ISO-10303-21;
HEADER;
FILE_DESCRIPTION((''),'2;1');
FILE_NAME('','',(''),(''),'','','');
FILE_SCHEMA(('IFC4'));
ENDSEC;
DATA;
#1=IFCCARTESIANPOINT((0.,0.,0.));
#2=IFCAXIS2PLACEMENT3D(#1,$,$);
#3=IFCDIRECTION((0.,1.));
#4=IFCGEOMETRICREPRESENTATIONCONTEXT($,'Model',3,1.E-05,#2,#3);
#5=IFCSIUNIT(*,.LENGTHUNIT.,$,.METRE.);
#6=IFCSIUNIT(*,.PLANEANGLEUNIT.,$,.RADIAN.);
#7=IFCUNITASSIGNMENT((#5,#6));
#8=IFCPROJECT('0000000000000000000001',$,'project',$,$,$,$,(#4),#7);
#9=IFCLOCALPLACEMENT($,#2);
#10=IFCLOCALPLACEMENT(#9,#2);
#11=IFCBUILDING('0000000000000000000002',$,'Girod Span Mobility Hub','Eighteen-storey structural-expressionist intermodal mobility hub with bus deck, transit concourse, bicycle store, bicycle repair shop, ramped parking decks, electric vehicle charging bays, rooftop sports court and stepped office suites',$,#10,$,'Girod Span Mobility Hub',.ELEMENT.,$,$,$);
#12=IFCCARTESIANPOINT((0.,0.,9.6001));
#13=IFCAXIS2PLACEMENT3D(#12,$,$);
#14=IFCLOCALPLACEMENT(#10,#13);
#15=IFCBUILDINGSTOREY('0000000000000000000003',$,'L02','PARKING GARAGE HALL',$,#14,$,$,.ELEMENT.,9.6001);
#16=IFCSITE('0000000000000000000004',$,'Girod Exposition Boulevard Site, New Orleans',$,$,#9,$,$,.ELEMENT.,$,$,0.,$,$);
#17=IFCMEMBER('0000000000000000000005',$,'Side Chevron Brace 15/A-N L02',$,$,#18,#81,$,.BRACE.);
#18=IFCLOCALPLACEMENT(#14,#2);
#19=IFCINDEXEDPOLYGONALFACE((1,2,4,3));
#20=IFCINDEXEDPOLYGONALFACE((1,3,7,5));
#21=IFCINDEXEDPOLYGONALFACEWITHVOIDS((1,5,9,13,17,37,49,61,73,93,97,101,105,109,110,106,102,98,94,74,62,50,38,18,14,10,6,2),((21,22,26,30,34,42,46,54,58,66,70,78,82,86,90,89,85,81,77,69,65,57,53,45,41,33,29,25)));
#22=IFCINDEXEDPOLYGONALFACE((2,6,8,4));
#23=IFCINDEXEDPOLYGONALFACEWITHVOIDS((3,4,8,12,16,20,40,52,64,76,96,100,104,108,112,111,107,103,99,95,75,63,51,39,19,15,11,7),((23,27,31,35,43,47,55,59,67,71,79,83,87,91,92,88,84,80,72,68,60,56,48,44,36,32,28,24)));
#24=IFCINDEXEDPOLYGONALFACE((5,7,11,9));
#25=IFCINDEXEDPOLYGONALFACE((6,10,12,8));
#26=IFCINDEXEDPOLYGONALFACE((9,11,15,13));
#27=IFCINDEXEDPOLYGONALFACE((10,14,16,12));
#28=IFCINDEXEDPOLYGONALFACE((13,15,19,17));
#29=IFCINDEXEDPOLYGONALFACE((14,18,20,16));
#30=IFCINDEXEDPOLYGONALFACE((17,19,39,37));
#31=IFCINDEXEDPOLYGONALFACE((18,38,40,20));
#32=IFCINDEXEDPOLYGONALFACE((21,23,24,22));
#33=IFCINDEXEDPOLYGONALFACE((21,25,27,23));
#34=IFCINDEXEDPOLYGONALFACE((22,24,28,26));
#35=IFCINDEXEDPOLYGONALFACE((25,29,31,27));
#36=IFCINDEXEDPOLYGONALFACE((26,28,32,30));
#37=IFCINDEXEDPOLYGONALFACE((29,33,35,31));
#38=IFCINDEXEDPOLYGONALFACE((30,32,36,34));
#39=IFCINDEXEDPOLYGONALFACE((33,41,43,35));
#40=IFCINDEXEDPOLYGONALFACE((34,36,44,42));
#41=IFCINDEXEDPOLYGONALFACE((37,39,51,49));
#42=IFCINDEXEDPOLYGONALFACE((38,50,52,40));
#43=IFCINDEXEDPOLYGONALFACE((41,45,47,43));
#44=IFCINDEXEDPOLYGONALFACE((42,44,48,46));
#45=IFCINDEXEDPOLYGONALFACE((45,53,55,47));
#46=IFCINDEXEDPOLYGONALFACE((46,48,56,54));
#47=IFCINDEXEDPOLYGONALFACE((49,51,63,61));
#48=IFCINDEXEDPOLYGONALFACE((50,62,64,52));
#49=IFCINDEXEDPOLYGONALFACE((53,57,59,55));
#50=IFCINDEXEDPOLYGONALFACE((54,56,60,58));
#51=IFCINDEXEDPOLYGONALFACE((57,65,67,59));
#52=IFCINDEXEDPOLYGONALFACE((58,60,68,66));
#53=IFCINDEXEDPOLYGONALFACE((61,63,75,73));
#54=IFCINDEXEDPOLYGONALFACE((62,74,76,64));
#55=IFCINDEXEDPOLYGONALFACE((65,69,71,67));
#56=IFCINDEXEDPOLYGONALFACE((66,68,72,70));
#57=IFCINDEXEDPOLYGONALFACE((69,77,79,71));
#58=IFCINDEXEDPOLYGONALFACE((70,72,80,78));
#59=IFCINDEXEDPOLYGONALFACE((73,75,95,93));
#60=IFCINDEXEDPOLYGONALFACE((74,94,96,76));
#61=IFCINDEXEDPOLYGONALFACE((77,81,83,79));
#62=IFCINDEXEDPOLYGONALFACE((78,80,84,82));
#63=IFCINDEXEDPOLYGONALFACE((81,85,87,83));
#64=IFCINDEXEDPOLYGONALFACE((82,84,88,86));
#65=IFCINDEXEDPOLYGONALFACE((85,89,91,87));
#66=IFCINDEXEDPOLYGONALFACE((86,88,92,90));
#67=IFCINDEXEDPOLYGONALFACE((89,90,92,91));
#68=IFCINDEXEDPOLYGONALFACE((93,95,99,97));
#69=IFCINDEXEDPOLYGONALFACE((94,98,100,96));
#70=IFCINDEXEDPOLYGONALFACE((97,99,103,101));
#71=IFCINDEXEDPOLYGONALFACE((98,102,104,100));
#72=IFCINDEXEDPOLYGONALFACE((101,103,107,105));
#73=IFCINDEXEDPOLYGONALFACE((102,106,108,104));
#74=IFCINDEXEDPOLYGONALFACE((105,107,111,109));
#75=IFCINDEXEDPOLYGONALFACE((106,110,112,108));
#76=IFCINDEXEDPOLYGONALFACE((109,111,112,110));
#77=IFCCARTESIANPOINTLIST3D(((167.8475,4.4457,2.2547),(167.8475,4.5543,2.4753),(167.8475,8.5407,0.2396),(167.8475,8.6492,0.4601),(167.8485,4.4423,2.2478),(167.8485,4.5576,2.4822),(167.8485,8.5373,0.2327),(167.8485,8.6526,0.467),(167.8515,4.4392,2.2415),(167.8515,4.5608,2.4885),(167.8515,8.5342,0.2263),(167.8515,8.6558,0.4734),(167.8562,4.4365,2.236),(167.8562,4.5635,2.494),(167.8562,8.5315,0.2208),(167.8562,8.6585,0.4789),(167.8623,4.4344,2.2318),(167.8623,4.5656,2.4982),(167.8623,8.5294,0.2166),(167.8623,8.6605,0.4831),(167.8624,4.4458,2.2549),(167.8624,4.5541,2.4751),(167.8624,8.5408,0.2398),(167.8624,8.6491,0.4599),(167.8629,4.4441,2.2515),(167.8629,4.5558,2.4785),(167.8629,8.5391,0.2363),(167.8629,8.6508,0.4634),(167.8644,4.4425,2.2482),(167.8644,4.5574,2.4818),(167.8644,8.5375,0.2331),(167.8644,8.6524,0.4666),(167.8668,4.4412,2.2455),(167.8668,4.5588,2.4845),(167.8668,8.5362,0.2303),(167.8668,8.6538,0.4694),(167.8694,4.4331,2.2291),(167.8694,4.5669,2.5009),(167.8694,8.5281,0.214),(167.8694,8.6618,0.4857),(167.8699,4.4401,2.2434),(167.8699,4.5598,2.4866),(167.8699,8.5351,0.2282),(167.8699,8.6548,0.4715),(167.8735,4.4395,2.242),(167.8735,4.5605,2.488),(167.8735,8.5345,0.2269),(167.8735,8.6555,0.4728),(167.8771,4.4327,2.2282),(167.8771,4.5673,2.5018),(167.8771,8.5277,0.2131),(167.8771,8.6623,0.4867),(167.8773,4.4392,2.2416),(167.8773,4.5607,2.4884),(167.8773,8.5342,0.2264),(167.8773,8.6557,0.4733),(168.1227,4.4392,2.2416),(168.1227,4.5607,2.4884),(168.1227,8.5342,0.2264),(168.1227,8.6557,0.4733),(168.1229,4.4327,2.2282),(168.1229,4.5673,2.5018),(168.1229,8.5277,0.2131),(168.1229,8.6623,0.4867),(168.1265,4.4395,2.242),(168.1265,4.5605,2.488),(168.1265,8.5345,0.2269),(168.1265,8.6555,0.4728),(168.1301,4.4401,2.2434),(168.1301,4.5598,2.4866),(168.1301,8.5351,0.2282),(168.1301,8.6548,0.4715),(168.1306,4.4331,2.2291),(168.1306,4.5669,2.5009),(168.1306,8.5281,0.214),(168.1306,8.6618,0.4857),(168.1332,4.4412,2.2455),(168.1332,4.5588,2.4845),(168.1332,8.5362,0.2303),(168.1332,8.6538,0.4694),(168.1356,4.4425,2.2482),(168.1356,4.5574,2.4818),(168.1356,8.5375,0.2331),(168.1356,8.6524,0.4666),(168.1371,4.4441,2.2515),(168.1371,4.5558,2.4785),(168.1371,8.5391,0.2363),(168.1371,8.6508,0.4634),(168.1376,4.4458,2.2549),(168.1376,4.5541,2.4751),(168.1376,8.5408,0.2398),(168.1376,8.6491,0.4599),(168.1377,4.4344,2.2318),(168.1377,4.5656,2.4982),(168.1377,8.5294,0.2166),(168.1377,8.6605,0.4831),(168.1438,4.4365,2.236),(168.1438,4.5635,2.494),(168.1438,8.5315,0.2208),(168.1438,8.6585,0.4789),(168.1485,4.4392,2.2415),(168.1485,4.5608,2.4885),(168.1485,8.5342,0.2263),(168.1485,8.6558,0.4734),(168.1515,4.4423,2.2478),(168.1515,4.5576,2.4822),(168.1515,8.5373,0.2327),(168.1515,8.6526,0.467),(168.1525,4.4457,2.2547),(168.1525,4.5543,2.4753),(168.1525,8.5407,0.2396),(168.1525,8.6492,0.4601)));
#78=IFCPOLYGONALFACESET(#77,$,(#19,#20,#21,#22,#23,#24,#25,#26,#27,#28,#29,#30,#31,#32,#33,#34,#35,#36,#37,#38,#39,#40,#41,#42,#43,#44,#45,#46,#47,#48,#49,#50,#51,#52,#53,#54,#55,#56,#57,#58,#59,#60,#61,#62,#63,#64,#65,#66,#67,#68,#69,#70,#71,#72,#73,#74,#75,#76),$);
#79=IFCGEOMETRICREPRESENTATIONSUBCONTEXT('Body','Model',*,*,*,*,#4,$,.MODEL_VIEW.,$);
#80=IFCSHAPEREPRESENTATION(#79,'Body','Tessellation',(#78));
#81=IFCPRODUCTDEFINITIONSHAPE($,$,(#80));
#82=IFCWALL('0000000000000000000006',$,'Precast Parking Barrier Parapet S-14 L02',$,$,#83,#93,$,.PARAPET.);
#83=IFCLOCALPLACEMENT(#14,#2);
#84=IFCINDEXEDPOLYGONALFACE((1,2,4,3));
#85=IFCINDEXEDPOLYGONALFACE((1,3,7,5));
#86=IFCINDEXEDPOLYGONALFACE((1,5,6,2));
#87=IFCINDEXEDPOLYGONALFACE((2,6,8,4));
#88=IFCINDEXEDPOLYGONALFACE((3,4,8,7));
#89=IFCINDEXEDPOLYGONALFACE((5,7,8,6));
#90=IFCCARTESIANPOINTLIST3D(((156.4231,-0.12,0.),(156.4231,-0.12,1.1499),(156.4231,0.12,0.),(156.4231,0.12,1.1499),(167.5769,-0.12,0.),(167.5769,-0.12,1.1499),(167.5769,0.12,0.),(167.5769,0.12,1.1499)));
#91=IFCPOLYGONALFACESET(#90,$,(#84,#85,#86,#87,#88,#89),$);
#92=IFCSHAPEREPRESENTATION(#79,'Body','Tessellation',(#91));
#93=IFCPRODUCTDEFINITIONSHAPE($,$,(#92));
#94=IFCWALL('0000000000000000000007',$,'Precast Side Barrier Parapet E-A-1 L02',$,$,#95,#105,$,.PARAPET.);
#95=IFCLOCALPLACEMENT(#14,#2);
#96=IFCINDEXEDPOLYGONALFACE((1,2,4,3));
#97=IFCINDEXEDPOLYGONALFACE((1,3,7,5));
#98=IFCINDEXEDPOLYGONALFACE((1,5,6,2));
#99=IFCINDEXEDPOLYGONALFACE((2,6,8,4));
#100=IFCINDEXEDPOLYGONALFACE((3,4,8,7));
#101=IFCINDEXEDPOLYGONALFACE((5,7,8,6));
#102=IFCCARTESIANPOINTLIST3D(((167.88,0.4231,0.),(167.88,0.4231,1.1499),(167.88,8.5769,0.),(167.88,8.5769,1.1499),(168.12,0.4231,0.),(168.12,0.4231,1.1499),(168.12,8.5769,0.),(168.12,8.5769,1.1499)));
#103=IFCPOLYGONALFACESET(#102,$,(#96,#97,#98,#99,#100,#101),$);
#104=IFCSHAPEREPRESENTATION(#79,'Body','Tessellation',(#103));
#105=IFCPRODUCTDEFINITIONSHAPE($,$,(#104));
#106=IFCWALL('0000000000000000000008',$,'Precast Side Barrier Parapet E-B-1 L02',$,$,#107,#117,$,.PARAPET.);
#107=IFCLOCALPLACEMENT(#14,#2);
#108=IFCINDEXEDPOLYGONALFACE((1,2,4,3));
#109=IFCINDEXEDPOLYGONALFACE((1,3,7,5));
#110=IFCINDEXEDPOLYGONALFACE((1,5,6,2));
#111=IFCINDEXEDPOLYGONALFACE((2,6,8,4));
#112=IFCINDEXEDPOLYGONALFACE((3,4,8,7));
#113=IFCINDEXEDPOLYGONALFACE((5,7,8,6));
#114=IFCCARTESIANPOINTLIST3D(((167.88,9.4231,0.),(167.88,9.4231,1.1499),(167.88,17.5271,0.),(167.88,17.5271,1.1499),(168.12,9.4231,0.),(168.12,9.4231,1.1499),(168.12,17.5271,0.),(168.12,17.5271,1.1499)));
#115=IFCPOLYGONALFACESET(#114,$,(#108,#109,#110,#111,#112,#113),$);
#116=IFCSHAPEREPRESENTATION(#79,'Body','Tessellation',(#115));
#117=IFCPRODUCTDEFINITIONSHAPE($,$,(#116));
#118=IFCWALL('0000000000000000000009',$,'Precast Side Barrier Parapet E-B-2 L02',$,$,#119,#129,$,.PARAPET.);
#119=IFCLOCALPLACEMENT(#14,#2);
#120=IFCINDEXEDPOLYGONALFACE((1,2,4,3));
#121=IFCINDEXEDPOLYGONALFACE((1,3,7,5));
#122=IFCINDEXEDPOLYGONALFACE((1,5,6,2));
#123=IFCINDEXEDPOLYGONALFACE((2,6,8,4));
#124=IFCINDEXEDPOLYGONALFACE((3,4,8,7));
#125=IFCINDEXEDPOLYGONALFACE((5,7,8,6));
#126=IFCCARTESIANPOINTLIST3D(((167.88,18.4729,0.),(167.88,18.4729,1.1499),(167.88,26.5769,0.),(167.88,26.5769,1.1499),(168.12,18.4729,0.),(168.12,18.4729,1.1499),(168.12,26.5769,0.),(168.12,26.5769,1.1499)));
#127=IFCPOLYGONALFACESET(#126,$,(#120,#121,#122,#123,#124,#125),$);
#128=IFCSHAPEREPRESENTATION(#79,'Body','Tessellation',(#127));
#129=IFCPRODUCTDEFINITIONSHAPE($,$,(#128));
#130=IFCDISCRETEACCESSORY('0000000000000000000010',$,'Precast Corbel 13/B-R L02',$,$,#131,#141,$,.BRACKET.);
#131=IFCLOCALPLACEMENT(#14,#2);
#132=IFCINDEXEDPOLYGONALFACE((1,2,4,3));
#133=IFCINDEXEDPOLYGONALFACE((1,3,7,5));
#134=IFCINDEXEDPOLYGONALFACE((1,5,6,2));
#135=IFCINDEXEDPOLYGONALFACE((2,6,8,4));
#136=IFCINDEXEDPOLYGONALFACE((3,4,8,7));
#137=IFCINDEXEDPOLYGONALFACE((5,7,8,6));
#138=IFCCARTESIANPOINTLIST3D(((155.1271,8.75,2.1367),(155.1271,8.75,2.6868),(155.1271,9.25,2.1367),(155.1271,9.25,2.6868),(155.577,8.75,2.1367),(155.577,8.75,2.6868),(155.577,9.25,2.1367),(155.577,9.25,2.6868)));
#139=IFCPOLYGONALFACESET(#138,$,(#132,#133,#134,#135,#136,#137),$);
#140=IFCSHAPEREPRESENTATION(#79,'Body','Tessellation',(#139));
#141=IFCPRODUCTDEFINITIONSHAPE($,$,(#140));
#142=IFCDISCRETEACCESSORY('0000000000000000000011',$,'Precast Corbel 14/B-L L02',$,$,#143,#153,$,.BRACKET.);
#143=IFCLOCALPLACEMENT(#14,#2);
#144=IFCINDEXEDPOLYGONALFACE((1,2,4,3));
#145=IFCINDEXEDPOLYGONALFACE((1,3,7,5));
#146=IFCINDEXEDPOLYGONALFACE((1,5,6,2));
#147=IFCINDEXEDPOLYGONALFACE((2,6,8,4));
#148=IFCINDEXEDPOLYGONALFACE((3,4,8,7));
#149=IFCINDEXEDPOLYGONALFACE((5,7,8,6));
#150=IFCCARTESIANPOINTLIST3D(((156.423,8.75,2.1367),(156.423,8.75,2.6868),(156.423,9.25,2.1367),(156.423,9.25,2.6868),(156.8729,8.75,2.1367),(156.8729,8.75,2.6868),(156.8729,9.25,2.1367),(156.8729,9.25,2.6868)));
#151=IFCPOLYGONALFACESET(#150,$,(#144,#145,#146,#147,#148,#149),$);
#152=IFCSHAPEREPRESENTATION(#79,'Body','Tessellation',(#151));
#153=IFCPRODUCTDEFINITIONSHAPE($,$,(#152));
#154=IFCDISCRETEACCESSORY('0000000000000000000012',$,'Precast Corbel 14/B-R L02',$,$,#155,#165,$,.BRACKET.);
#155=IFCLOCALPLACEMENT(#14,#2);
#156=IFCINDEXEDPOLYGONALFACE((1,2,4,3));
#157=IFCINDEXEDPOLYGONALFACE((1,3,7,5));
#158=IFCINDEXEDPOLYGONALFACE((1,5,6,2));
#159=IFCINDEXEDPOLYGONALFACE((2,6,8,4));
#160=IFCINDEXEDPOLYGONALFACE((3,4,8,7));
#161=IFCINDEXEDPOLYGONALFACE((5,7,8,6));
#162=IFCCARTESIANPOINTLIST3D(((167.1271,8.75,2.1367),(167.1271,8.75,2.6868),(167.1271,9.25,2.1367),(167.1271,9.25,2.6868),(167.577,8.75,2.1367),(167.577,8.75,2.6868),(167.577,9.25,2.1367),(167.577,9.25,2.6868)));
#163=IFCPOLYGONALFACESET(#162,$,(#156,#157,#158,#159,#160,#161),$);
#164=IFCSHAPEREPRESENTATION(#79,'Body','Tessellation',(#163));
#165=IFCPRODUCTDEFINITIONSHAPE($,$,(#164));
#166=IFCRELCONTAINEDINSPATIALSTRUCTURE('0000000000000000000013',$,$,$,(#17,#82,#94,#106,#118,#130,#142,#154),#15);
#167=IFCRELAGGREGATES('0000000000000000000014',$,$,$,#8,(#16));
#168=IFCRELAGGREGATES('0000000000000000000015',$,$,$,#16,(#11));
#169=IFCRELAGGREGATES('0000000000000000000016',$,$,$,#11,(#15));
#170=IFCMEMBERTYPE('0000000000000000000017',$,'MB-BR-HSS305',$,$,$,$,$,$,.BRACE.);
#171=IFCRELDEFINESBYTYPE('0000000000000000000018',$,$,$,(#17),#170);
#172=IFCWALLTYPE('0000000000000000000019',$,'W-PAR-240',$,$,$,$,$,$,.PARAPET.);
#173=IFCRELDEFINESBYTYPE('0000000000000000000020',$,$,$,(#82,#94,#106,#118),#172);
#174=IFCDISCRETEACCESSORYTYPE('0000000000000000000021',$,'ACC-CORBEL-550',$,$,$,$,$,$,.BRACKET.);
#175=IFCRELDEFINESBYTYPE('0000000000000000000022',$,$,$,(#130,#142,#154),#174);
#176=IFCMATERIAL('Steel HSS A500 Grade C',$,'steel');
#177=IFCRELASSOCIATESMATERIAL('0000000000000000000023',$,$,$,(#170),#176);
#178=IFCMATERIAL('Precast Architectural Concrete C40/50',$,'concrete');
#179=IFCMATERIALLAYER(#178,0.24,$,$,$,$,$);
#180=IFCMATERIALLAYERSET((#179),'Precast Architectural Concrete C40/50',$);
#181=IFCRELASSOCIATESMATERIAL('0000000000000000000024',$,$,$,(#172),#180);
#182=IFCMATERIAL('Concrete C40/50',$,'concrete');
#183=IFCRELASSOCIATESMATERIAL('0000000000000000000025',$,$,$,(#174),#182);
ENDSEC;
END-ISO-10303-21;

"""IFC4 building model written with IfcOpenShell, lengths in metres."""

from ifc_helpers import new_model, si_unit, direction, frame, frame_2d, origin, origin_2d, place, context, subcontext, project, spatial, rectangle, hollow_rectangle, extrude, material, layer, layer_set, material_profile, profile_set, type_object, element, save


model = new_model("IFC4")

# Units and contexts
model_context = context("Model", 3, precision=1e-05, world=origin(), true_north=direction((0.0, 1.0)))
body_context = subcontext(model_context, "Body", "Model", "MODEL_VIEW")
ifc_project = project(units=[si_unit("LENGTHUNIT", "METRE"), si_unit("PLANEANGLEUNIT", "RADIAN")], contexts=[model_context])

# Site, building, storey
site_placement = place(None, origin())
site = spatial("IfcSite", under=ifc_project, at=site_placement, Name="Girod Exposition Boulevard Site, New Orleans", CompositionType="ELEMENT", RefElevation=0.0)
building_placement = place(site_placement, origin())
building = spatial("IfcBuilding", under=site, at=building_placement, Name="Girod Span Mobility Hub", Description="Eighteen-storey structural-expressionist intermodal mobility hub with bus deck, transit concourse, bicycle store, bicycle repair shop, ramped parking decks, electric vehicle charging bays, rooftop sports court and stepped office suites", LongName="Girod Span Mobility Hub", CompositionType="ELEMENT")
storey_placement = place(building_placement, frame((0.0, 0.0, 9.6001)))
storey = spatial("IfcBuildingStorey", under=building, at=storey_placement, Name="L02", Description="PARKING GARAGE HALL", CompositionType="ELEMENT", Elevation=9.6001)

# Member
ifc_material_1 = material(Name="Steel HSS A500 Grade C", Category="steel")
ifc_material_profile_1 = material_profile(ifc_material_1, hollow_rectangle(XDim=0.3049, YDim=0.3049, WallThickness=0.0149, InnerFilletRadius=0.0149, OuterFilletRadius=0.0295, at=origin_2d()), Name="HSS305X305X16")
ifc_profile_set_1 = profile_set([ifc_material_profile_1], Name="Steel HSS A500 Grade C")
member_type = type_object("IfcMemberType", Name="MB-BR-HSS305", PredefinedType="BRACE", material=ifc_profile_set_1)
for number, where, z_axis, x_axis, name in (
    (1, (168.0, 8.595, 0.3499), (0.0, -0.897244, 0.441534), (1.0, 0.0, 0.0), "Side Chevron Brace 15/A-N L02"),
):
    element("IfcMember", number, at=place(storey_placement, frame(where, z_axis=z_axis, x_axis=x_axis)), inside=storey, type_object=member_type, Name=name, PredefinedType="BRACE", context=body_context, shape_type="SweptSolid", body=[
        extrude(hollow_rectangle(XDim=0.3049, YDim=0.3049, WallThickness=0.0149, InnerFilletRadius=0.0149, OuterFilletRadius=0.0295, at=origin_2d()), origin(), (0.0, 0.0, 1.0), 4.564),
    ])

# Walls
ifc_material_2 = material(Name="Precast Architectural Concrete C40/50", Category="concrete")
ifc_layer = layer(ifc_material_2, 0.24)
ifc_layer_set = layer_set([ifc_layer], Name="Precast Architectural Concrete C40/50")
wall_type = type_object("IfcWallType", Name="W-PAR-240", PredefinedType="PARAPET", material=ifc_layer_set)
wall_1_placement = place(storey_placement, frame((156.4231, 0.0, 0.0), z_axis=(0.0, 0.0, 1.0), x_axis=(1.0, 0.0, 0.0)))
element("IfcWall", 2, at=wall_1_placement, inside=storey, type_object=wall_type, Name="Precast Parking Barrier Parapet S-14 L02", PredefinedType="PARAPET", context=body_context, shape_type="SweptSolid", body=[
    extrude(rectangle(XDim=11.1538, YDim=0.24, at=frame_2d((5.5769, 0.0))), origin(), (0.0, 0.0, 1.0), 1.1499),
])
wall_2_placement = place(storey_placement, frame((168.0, 0.4231, 0.0), z_axis=(0.0, 0.0, 1.0), x_axis=(0.0, 1.0, 0.0)))
element("IfcWall", 3, at=wall_2_placement, inside=storey, type_object=wall_type, Name="Precast Side Barrier Parapet E-A-1 L02", PredefinedType="PARAPET", context=body_context, shape_type="SweptSolid", body=[
    extrude(rectangle(XDim=8.1538, YDim=0.24, at=frame_2d((4.0769, 0.0))), origin(), (0.0, 0.0, 1.0), 1.1499),
])
for number, where, z_axis, x_axis, name in (
    (4, (168.0, 9.4231, 0.0), (0.0, 0.0, 1.0), (0.0, 1.0, 0.0), "Precast Side Barrier Parapet E-B-1 L02"),
    (5, (168.0, 18.4729, 0.0), (0.0, 0.0, 1.0), (0.0, 1.0, 0.0), "Precast Side Barrier Parapet E-B-2 L02"),
):
    element("IfcWall", number, at=place(storey_placement, frame(where, z_axis=z_axis, x_axis=x_axis)), inside=storey, type_object=wall_type, Name=name, PredefinedType="PARAPET", context=body_context, shape_type="SweptSolid", body=[
        extrude(rectangle(XDim=8.104, YDim=0.24, at=frame_2d((4.052, 0.0))), origin(), (0.0, 0.0, 1.0), 1.1499),
    ])

# Discrete accessories
ifc_material_3 = material(Name="Concrete C40/50", Category="concrete")
discrete_accessory_type = type_object("IfcDiscreteAccessoryType", Name="ACC-CORBEL-550", PredefinedType="BRACKET", material=ifc_material_3)
for number, where, z_axis, x_axis, name in (
    (6, (155.3521, 9.0, 2.1367), (0.0, 0.0, 1.0), (1.0, 0.0, 0.0), "Precast Corbel 13/B-R L02"),
    (7, (156.6479, 9.0, 2.1367), (0.0, 0.0, 1.0), (1.0, 0.0, 0.0), "Precast Corbel 14/B-L L02"),
    (8, (167.3521, 9.0, 2.1367), (0.0, 0.0, 1.0), (1.0, 0.0, 0.0), "Precast Corbel 14/B-R L02"),
):
    element("IfcDiscreteAccessory", number, at=place(storey_placement, frame(where, z_axis=z_axis, x_axis=x_axis)), inside=storey, type_object=discrete_accessory_type, Name=name, PredefinedType="BRACKET", context=body_context, shape_type="SweptSolid", body=[
        extrude(rectangle(XDim=0.45, YDim=0.5, at=origin_2d()), origin(), (0.0, 0.0, 1.0), 0.55),
    ])

save(model, "model.ifc")
